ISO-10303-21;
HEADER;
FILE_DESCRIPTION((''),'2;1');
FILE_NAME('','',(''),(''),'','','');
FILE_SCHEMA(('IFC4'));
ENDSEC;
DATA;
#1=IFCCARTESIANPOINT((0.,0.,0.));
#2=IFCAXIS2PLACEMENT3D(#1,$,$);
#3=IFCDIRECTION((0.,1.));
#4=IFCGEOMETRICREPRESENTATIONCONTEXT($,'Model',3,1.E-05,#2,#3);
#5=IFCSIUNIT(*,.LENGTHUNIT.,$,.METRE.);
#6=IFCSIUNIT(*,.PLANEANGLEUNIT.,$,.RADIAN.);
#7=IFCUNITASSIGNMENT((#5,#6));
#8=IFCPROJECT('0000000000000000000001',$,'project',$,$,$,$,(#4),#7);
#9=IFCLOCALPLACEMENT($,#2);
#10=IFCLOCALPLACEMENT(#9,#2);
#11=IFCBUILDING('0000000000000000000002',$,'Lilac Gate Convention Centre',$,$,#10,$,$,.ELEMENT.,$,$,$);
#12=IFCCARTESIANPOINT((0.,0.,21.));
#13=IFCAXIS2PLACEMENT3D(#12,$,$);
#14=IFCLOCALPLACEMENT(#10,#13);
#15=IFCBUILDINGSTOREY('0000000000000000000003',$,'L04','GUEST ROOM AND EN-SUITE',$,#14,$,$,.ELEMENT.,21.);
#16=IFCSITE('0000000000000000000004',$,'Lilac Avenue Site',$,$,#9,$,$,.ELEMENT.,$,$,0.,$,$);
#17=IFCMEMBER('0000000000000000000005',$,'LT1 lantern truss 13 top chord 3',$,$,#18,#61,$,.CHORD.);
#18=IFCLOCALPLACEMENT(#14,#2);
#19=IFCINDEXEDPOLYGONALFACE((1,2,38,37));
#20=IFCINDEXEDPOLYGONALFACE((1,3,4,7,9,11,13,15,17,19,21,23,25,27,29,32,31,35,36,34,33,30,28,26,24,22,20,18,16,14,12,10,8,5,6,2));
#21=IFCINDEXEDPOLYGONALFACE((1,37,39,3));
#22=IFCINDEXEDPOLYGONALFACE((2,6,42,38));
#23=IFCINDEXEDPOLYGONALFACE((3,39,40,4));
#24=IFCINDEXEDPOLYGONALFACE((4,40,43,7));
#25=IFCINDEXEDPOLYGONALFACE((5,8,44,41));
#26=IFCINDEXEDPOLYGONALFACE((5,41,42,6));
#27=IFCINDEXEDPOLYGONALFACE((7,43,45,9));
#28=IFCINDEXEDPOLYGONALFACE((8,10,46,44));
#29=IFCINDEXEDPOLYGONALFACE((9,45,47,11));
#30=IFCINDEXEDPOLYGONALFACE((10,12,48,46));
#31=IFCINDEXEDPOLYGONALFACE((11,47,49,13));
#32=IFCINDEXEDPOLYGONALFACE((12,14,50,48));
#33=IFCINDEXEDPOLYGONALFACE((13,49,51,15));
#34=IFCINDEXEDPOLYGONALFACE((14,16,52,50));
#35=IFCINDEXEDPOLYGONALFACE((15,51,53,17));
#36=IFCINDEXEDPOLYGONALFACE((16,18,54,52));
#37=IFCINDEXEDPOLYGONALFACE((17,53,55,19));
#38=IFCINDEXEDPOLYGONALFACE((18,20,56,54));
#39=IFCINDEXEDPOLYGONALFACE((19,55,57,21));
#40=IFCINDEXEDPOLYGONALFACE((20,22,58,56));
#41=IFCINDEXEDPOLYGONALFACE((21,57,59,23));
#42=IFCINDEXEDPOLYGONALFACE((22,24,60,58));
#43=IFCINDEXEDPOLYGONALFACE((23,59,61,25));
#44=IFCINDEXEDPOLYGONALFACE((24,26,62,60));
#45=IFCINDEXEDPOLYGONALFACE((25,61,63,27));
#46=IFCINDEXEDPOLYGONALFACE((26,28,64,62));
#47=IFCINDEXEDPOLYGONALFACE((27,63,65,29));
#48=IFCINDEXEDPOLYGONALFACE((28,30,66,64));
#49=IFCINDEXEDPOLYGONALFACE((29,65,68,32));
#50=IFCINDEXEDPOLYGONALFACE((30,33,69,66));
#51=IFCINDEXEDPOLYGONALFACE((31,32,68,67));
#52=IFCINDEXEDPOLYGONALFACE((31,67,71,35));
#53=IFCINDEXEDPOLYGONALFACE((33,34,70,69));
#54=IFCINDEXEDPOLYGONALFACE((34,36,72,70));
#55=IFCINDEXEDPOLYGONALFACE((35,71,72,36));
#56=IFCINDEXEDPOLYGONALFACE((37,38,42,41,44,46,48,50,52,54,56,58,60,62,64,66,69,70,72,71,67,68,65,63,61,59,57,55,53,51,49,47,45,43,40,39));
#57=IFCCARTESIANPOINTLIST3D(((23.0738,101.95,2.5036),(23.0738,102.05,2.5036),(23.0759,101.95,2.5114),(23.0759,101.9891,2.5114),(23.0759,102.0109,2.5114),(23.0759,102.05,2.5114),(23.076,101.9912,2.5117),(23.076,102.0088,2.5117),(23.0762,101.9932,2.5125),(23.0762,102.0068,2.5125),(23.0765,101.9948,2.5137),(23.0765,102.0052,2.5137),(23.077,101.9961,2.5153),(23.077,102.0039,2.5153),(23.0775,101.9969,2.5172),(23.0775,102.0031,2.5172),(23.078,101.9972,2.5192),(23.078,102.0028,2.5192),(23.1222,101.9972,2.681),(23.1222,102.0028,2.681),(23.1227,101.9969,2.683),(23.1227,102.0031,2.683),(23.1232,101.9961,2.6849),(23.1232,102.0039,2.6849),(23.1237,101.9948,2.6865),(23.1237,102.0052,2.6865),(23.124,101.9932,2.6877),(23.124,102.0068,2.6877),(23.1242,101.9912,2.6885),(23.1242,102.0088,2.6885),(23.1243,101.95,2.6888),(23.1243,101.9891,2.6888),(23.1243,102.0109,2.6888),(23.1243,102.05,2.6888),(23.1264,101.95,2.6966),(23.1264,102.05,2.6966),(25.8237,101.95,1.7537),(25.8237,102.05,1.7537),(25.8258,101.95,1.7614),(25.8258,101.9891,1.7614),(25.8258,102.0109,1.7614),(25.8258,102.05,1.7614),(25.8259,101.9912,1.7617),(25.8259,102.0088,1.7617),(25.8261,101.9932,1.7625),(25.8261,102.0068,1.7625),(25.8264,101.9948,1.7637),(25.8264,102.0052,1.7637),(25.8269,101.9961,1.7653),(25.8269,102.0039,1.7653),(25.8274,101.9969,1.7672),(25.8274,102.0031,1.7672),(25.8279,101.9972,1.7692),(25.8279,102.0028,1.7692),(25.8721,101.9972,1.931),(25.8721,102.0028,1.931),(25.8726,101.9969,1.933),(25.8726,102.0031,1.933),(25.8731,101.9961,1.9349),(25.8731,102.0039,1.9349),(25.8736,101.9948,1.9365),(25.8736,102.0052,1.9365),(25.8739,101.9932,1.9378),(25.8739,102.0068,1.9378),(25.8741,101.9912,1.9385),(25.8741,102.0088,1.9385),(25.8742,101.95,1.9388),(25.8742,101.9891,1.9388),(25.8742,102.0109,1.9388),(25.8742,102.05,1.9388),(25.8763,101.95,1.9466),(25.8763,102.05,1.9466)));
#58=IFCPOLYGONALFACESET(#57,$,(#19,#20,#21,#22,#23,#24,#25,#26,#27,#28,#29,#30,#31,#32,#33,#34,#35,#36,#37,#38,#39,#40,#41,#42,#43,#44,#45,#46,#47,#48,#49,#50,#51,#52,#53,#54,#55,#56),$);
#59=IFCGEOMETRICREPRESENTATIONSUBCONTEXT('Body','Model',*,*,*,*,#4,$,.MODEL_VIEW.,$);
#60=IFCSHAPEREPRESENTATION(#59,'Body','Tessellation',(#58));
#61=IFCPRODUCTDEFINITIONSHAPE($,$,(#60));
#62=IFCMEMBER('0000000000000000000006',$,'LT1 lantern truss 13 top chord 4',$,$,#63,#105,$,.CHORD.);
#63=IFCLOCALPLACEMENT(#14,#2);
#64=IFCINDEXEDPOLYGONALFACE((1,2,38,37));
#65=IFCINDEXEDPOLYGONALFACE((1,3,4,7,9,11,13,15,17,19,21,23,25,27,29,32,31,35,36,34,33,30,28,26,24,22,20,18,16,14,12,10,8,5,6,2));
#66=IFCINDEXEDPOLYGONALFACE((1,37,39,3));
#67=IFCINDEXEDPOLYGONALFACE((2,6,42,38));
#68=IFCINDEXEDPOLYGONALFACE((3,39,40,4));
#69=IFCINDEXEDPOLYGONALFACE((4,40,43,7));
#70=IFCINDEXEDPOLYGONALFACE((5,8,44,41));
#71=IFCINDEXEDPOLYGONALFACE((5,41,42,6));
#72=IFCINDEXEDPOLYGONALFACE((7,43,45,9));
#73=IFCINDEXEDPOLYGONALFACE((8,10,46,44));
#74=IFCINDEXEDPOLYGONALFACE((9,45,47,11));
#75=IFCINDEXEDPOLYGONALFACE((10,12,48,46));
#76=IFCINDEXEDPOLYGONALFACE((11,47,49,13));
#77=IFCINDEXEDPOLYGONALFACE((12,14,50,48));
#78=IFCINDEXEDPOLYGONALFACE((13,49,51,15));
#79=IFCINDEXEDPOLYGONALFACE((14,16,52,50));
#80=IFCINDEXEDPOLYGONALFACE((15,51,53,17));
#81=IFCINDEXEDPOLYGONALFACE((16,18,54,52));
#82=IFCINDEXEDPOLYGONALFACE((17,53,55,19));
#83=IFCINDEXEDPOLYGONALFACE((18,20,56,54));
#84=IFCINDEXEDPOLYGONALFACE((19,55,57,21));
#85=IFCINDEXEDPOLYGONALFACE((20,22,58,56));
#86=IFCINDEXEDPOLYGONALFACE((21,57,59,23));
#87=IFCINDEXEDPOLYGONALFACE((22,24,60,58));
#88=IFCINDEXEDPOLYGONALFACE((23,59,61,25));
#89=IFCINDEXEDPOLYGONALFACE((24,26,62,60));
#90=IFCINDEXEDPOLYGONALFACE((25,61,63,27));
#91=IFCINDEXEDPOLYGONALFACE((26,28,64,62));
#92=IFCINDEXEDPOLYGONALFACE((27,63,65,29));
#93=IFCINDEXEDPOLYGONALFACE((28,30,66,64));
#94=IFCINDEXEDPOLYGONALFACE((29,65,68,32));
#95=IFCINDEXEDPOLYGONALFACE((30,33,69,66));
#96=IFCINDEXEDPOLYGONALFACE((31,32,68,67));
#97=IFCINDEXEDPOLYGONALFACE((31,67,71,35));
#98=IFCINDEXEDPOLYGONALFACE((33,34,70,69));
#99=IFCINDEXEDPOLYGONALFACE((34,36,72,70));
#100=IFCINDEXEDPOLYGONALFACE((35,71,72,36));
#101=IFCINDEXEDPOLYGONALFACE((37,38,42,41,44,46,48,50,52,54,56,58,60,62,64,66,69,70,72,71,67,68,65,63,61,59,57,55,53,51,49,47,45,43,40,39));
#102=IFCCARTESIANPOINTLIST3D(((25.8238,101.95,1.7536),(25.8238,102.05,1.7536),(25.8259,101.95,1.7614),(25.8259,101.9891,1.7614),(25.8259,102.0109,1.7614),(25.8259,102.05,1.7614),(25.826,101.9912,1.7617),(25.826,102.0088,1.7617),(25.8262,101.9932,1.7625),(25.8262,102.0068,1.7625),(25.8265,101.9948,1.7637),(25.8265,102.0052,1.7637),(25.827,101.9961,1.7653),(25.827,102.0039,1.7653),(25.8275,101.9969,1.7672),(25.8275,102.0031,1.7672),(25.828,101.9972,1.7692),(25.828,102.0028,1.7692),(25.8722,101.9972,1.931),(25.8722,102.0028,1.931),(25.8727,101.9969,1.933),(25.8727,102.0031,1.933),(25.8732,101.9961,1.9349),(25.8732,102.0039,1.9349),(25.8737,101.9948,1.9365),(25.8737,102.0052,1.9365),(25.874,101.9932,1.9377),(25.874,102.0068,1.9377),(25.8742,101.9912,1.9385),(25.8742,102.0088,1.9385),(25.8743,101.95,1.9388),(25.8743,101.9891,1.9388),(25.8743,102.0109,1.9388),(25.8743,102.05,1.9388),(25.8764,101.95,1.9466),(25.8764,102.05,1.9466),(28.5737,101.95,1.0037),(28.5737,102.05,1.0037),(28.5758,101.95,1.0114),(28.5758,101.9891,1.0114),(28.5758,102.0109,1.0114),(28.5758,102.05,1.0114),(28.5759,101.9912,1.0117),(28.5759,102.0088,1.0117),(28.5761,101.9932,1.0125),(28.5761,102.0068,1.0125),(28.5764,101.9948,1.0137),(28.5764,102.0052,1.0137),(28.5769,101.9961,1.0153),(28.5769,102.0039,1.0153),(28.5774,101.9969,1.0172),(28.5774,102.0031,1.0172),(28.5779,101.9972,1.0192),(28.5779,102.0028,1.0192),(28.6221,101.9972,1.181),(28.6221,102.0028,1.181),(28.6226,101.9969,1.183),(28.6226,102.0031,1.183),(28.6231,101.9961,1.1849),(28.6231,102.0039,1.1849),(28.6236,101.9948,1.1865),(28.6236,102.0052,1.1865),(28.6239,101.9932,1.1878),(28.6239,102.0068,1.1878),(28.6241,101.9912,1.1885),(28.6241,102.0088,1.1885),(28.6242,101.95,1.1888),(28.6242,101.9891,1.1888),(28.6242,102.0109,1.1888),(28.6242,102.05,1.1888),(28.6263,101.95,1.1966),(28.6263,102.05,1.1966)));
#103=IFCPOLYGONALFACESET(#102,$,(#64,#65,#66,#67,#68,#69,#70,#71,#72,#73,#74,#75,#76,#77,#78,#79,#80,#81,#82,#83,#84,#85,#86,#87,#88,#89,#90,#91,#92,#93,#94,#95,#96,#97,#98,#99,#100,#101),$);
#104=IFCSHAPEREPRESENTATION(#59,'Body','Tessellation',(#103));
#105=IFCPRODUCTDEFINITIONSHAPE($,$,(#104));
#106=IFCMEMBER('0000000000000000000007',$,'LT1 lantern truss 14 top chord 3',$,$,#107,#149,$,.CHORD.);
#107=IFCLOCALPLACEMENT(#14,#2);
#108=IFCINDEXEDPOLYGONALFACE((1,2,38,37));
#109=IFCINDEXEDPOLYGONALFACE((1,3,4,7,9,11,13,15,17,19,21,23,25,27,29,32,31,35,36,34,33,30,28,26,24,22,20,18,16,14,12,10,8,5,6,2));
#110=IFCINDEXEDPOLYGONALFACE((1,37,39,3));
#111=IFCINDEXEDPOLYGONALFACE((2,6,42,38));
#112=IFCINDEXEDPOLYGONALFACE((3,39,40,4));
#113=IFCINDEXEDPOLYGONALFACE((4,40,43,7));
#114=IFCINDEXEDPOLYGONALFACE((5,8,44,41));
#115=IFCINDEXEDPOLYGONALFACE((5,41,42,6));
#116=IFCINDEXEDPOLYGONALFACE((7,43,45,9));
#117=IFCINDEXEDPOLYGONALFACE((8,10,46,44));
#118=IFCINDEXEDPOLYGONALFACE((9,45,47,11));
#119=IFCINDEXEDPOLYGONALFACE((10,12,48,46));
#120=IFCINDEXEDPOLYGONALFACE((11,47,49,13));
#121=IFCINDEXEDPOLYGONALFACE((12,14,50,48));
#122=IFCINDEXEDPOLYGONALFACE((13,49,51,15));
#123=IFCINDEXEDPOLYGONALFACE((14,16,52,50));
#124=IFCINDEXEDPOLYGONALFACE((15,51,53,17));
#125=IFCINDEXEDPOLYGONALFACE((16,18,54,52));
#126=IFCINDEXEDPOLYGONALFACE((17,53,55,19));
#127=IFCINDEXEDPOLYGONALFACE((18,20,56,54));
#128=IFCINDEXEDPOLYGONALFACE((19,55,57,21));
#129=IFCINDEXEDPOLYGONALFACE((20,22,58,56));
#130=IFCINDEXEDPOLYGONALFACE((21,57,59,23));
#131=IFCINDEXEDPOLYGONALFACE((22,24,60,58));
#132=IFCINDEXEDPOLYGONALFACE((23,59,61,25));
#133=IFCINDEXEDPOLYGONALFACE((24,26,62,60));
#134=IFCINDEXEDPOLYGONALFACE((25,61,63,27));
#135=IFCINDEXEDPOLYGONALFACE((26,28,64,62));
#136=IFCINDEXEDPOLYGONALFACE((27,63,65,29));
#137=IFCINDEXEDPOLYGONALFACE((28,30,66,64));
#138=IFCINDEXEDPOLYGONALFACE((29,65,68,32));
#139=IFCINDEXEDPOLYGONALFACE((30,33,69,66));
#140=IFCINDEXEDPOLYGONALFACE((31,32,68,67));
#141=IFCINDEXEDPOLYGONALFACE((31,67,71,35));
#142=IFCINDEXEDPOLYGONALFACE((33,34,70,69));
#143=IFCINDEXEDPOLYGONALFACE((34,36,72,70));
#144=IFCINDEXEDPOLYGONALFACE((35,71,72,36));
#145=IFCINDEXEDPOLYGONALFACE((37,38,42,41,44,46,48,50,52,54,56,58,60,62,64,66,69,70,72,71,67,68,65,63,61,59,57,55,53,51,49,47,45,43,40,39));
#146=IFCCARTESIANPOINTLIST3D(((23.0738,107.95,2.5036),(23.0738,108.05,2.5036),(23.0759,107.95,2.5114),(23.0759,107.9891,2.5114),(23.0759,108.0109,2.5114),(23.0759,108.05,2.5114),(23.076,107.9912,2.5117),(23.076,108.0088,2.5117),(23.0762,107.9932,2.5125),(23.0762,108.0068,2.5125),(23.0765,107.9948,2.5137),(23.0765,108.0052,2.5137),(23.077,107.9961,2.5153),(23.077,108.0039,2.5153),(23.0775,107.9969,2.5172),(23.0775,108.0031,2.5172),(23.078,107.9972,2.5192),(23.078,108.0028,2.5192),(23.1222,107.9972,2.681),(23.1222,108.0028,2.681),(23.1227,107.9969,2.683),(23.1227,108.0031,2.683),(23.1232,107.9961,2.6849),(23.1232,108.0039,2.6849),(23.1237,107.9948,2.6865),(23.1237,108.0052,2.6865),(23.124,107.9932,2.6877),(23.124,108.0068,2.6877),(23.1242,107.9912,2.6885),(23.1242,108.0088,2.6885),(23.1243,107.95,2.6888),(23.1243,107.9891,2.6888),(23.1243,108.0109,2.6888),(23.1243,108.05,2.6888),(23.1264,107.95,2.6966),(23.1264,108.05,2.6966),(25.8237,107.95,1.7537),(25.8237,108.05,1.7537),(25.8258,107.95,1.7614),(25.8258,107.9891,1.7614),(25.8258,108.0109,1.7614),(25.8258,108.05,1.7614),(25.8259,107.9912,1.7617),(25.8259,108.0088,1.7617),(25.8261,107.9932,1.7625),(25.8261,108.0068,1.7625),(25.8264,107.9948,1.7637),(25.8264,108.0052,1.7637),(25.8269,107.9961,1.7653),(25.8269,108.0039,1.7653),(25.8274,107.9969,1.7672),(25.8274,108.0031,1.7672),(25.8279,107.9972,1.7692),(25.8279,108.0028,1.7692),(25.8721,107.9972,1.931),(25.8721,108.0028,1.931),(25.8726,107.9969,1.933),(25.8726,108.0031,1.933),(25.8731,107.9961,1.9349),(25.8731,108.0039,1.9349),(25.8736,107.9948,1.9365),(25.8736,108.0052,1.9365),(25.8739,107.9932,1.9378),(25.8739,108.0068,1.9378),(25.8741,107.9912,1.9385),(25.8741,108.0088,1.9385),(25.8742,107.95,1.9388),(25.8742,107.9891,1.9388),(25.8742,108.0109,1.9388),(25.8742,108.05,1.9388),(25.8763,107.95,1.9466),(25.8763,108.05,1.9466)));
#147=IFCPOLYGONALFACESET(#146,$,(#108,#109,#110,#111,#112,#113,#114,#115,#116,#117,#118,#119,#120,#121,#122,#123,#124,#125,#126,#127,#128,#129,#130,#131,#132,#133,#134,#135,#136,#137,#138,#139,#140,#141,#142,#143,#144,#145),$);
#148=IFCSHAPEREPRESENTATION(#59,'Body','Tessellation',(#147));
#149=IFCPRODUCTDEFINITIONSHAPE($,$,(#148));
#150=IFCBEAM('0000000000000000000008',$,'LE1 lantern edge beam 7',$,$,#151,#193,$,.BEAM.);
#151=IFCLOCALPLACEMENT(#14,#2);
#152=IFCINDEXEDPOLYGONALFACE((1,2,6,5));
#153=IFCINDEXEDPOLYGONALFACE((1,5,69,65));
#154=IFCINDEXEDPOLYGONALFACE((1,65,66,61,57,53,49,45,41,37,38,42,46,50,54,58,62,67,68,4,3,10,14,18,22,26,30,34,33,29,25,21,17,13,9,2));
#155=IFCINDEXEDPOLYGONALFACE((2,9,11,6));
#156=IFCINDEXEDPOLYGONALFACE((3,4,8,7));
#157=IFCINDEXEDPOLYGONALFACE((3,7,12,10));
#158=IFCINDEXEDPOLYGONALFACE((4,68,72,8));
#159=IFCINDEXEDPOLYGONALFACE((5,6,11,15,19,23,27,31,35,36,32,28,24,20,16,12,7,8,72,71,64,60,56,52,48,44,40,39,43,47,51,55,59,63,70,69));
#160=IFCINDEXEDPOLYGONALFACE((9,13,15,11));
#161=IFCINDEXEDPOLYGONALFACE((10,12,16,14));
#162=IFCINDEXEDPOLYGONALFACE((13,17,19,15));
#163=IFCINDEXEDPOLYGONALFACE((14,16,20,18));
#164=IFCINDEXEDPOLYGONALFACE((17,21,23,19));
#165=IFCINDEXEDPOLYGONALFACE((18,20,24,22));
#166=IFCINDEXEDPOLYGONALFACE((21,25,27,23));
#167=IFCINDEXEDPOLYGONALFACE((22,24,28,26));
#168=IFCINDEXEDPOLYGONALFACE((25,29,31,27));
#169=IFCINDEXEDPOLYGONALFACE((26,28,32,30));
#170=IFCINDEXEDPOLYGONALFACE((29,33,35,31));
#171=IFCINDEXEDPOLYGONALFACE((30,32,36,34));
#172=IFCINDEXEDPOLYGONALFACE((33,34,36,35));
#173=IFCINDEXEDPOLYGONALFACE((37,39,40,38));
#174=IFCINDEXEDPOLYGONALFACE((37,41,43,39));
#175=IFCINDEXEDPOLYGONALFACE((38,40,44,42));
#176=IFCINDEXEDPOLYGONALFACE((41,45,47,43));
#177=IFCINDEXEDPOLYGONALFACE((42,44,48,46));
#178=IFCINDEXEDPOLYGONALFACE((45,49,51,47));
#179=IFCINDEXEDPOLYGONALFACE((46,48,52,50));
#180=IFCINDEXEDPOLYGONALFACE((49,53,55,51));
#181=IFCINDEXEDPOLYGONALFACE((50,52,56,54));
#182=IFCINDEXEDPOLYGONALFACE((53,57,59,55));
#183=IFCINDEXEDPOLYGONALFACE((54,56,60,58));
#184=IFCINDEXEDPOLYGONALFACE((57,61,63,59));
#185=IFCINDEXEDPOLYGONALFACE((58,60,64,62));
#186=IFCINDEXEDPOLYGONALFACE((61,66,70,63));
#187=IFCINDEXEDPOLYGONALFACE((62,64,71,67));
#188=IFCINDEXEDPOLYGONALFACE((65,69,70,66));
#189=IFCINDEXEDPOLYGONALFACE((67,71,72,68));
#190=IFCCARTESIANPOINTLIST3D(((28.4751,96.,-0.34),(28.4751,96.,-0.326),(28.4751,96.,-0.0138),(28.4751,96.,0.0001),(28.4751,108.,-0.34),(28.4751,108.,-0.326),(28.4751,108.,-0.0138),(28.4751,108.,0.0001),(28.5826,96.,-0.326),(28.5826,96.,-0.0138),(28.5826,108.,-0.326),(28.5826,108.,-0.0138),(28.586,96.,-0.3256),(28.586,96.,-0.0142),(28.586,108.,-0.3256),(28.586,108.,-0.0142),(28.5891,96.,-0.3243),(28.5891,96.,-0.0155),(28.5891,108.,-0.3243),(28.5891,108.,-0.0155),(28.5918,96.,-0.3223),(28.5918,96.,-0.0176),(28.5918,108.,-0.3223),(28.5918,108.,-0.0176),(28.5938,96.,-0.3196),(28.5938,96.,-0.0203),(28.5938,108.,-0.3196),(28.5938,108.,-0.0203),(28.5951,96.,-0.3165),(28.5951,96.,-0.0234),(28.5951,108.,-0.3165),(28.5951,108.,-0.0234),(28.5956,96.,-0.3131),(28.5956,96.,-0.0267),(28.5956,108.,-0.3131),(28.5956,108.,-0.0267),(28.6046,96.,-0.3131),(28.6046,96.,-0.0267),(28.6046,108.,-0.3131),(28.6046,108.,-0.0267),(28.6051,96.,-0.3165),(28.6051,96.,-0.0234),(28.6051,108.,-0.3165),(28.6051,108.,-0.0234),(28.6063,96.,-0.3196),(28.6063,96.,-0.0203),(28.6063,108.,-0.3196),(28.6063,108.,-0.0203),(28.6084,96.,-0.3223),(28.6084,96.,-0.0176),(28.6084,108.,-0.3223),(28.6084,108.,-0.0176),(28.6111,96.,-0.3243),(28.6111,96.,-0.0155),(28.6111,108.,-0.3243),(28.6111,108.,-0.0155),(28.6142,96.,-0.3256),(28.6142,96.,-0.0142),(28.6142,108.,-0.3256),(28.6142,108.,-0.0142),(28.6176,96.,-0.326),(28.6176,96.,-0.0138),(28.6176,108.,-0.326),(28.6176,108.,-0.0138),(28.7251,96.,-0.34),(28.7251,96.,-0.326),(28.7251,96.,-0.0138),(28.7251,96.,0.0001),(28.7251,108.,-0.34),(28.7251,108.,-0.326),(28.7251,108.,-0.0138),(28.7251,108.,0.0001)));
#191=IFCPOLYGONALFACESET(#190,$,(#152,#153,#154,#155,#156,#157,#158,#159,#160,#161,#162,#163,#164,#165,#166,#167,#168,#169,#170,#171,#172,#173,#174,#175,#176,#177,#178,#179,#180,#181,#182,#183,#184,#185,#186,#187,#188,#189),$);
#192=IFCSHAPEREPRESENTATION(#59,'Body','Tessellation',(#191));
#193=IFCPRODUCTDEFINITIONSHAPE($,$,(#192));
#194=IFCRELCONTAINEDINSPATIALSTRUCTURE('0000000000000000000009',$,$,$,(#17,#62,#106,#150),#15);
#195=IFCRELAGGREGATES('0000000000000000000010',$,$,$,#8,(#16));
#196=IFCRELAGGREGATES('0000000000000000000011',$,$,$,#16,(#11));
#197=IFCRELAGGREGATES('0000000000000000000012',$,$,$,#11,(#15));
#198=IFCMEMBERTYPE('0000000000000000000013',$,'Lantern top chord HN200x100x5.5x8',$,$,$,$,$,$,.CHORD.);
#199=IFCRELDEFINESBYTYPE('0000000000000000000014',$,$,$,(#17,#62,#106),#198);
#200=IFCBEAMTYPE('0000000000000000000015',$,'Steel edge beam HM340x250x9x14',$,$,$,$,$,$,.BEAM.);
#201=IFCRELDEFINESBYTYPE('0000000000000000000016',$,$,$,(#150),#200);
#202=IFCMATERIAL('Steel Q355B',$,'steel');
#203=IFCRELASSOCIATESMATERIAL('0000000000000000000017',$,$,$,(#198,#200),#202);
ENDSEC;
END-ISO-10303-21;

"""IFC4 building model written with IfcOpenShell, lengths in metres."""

from ifc_helpers import new_model, si_unit, direction, frame, origin, origin_2d, place, context, subcontext, project, spatial, i_section, extrude, material, material_profile, profile_set, type_object, element, save


model = new_model("IFC4")

# Units and contexts
model_context = context("Model", 3, precision=1e-05, world=origin(), true_north=direction((0.0, 1.0)))
body_context = subcontext(model_context, "Body", "Model", "MODEL_VIEW")
ifc_project = project(units=[si_unit("LENGTHUNIT", "METRE"), si_unit("PLANEANGLEUNIT", "RADIAN")], contexts=[model_context])

# Site, building, storey
site_placement = place(None, origin())
site = spatial("IfcSite", under=ifc_project, at=site_placement, Name="Lilac Avenue Site", CompositionType="ELEMENT", RefElevation=0.0)
building_placement = place(site_placement, origin())
building = spatial("IfcBuilding", under=site, at=building_placement, Name="Lilac Gate Convention Centre", CompositionType="ELEMENT")
storey_placement = place(building_placement, frame((0.0, 0.0, 21.0)))
storey = spatial("IfcBuildingStorey", under=building, at=storey_placement, Name="L04", Description="GUEST ROOM AND EN-SUITE", CompositionType="ELEMENT", Elevation=21.0)

# Members
ifc_material_1 = material(Name="Steel Q355B", Category="steel")
ifc_material_profile_1 = material_profile(ifc_material_1, i_section(OverallWidth=0.1001, OverallDepth=0.2, WebThickness=0.0056, FlangeThickness=0.0081, FilletRadius=0.0081, at=origin_2d()), Name="HN200x100x5.5x8")
ifc_profile_set_1 = profile_set([ifc_material_profile_1], Name="Steel Q355B")
member_type_1 = type_object("IfcMemberType", Name="Lantern top chord HN200x100x5.5x8", PredefinedType="CHORD", material=ifc_profile_set_1)
for number, where, z_axis, x_axis, name in (
    (1, (23.1001, 102.0, 2.6001), (0.964764, 0.0, -0.263117), (0.0, 1.0, 0.0), "LT1 lantern truss 13 top chord 3"),
    (2, (25.8501, 102.0, 1.8501), (0.964764, 0.0, -0.263117), (0.0, 1.0, 0.0), "LT1 lantern truss 13 top chord 4"),
    (3, (23.1001, 108.0, 2.6001), (0.964764, 0.0, -0.263117), (0.0, 1.0, 0.0), "LT1 lantern truss 14 top chord 3"),
):
    element("IfcMember", number, at=place(storey_placement, frame(where, z_axis=z_axis, x_axis=x_axis)), inside=storey, type_object=member_type_1, Name=name, PredefinedType="CHORD", context=body_context, shape_type="SweptSolid", body=[
        extrude(i_section(OverallWidth=0.1001, OverallDepth=0.2, WebThickness=0.0056, FlangeThickness=0.0081, FilletRadius=0.0081, at=origin_2d()), origin(), (0.0, 0.0, 1.0), 2.8503),
    ])

# Beam
ifc_material_profile_2 = material_profile(ifc_material_1, i_section(OverallWidth=0.25, OverallDepth=0.3401, WebThickness=0.009, FlangeThickness=0.0139, FilletRadius=0.0129, at=origin_2d()), Name="HM340x250x9x14")
ifc_profile_set_2 = profile_set([ifc_material_profile_2], Name="Steel Q355B")
beam_type = type_object("IfcBeamType", Name="Steel edge beam HM340x250x9x14", PredefinedType="BEAM", material=ifc_profile_set_2)
beam_placement = place(storey_placement, frame((28.6001, 96.0, -0.1699), z_axis=(0.0, 1.0, 0.0), x_axis=(-1.0, 0.0, 0.0)))
element("IfcBeam", 4, at=beam_placement, inside=storey, type_object=beam_type, Name="LE1 lantern edge beam 7", PredefinedType="BEAM", context=body_context, shape_type="SweptSolid", body=[
    extrude(i_section(OverallWidth=0.25, OverallDepth=0.3401, WebThickness=0.009, FlangeThickness=0.0139, FilletRadius=0.0129, at=origin_2d()), origin(), (0.0, 0.0, 1.0), 12.0),
])

save(model, "model.ifc")
